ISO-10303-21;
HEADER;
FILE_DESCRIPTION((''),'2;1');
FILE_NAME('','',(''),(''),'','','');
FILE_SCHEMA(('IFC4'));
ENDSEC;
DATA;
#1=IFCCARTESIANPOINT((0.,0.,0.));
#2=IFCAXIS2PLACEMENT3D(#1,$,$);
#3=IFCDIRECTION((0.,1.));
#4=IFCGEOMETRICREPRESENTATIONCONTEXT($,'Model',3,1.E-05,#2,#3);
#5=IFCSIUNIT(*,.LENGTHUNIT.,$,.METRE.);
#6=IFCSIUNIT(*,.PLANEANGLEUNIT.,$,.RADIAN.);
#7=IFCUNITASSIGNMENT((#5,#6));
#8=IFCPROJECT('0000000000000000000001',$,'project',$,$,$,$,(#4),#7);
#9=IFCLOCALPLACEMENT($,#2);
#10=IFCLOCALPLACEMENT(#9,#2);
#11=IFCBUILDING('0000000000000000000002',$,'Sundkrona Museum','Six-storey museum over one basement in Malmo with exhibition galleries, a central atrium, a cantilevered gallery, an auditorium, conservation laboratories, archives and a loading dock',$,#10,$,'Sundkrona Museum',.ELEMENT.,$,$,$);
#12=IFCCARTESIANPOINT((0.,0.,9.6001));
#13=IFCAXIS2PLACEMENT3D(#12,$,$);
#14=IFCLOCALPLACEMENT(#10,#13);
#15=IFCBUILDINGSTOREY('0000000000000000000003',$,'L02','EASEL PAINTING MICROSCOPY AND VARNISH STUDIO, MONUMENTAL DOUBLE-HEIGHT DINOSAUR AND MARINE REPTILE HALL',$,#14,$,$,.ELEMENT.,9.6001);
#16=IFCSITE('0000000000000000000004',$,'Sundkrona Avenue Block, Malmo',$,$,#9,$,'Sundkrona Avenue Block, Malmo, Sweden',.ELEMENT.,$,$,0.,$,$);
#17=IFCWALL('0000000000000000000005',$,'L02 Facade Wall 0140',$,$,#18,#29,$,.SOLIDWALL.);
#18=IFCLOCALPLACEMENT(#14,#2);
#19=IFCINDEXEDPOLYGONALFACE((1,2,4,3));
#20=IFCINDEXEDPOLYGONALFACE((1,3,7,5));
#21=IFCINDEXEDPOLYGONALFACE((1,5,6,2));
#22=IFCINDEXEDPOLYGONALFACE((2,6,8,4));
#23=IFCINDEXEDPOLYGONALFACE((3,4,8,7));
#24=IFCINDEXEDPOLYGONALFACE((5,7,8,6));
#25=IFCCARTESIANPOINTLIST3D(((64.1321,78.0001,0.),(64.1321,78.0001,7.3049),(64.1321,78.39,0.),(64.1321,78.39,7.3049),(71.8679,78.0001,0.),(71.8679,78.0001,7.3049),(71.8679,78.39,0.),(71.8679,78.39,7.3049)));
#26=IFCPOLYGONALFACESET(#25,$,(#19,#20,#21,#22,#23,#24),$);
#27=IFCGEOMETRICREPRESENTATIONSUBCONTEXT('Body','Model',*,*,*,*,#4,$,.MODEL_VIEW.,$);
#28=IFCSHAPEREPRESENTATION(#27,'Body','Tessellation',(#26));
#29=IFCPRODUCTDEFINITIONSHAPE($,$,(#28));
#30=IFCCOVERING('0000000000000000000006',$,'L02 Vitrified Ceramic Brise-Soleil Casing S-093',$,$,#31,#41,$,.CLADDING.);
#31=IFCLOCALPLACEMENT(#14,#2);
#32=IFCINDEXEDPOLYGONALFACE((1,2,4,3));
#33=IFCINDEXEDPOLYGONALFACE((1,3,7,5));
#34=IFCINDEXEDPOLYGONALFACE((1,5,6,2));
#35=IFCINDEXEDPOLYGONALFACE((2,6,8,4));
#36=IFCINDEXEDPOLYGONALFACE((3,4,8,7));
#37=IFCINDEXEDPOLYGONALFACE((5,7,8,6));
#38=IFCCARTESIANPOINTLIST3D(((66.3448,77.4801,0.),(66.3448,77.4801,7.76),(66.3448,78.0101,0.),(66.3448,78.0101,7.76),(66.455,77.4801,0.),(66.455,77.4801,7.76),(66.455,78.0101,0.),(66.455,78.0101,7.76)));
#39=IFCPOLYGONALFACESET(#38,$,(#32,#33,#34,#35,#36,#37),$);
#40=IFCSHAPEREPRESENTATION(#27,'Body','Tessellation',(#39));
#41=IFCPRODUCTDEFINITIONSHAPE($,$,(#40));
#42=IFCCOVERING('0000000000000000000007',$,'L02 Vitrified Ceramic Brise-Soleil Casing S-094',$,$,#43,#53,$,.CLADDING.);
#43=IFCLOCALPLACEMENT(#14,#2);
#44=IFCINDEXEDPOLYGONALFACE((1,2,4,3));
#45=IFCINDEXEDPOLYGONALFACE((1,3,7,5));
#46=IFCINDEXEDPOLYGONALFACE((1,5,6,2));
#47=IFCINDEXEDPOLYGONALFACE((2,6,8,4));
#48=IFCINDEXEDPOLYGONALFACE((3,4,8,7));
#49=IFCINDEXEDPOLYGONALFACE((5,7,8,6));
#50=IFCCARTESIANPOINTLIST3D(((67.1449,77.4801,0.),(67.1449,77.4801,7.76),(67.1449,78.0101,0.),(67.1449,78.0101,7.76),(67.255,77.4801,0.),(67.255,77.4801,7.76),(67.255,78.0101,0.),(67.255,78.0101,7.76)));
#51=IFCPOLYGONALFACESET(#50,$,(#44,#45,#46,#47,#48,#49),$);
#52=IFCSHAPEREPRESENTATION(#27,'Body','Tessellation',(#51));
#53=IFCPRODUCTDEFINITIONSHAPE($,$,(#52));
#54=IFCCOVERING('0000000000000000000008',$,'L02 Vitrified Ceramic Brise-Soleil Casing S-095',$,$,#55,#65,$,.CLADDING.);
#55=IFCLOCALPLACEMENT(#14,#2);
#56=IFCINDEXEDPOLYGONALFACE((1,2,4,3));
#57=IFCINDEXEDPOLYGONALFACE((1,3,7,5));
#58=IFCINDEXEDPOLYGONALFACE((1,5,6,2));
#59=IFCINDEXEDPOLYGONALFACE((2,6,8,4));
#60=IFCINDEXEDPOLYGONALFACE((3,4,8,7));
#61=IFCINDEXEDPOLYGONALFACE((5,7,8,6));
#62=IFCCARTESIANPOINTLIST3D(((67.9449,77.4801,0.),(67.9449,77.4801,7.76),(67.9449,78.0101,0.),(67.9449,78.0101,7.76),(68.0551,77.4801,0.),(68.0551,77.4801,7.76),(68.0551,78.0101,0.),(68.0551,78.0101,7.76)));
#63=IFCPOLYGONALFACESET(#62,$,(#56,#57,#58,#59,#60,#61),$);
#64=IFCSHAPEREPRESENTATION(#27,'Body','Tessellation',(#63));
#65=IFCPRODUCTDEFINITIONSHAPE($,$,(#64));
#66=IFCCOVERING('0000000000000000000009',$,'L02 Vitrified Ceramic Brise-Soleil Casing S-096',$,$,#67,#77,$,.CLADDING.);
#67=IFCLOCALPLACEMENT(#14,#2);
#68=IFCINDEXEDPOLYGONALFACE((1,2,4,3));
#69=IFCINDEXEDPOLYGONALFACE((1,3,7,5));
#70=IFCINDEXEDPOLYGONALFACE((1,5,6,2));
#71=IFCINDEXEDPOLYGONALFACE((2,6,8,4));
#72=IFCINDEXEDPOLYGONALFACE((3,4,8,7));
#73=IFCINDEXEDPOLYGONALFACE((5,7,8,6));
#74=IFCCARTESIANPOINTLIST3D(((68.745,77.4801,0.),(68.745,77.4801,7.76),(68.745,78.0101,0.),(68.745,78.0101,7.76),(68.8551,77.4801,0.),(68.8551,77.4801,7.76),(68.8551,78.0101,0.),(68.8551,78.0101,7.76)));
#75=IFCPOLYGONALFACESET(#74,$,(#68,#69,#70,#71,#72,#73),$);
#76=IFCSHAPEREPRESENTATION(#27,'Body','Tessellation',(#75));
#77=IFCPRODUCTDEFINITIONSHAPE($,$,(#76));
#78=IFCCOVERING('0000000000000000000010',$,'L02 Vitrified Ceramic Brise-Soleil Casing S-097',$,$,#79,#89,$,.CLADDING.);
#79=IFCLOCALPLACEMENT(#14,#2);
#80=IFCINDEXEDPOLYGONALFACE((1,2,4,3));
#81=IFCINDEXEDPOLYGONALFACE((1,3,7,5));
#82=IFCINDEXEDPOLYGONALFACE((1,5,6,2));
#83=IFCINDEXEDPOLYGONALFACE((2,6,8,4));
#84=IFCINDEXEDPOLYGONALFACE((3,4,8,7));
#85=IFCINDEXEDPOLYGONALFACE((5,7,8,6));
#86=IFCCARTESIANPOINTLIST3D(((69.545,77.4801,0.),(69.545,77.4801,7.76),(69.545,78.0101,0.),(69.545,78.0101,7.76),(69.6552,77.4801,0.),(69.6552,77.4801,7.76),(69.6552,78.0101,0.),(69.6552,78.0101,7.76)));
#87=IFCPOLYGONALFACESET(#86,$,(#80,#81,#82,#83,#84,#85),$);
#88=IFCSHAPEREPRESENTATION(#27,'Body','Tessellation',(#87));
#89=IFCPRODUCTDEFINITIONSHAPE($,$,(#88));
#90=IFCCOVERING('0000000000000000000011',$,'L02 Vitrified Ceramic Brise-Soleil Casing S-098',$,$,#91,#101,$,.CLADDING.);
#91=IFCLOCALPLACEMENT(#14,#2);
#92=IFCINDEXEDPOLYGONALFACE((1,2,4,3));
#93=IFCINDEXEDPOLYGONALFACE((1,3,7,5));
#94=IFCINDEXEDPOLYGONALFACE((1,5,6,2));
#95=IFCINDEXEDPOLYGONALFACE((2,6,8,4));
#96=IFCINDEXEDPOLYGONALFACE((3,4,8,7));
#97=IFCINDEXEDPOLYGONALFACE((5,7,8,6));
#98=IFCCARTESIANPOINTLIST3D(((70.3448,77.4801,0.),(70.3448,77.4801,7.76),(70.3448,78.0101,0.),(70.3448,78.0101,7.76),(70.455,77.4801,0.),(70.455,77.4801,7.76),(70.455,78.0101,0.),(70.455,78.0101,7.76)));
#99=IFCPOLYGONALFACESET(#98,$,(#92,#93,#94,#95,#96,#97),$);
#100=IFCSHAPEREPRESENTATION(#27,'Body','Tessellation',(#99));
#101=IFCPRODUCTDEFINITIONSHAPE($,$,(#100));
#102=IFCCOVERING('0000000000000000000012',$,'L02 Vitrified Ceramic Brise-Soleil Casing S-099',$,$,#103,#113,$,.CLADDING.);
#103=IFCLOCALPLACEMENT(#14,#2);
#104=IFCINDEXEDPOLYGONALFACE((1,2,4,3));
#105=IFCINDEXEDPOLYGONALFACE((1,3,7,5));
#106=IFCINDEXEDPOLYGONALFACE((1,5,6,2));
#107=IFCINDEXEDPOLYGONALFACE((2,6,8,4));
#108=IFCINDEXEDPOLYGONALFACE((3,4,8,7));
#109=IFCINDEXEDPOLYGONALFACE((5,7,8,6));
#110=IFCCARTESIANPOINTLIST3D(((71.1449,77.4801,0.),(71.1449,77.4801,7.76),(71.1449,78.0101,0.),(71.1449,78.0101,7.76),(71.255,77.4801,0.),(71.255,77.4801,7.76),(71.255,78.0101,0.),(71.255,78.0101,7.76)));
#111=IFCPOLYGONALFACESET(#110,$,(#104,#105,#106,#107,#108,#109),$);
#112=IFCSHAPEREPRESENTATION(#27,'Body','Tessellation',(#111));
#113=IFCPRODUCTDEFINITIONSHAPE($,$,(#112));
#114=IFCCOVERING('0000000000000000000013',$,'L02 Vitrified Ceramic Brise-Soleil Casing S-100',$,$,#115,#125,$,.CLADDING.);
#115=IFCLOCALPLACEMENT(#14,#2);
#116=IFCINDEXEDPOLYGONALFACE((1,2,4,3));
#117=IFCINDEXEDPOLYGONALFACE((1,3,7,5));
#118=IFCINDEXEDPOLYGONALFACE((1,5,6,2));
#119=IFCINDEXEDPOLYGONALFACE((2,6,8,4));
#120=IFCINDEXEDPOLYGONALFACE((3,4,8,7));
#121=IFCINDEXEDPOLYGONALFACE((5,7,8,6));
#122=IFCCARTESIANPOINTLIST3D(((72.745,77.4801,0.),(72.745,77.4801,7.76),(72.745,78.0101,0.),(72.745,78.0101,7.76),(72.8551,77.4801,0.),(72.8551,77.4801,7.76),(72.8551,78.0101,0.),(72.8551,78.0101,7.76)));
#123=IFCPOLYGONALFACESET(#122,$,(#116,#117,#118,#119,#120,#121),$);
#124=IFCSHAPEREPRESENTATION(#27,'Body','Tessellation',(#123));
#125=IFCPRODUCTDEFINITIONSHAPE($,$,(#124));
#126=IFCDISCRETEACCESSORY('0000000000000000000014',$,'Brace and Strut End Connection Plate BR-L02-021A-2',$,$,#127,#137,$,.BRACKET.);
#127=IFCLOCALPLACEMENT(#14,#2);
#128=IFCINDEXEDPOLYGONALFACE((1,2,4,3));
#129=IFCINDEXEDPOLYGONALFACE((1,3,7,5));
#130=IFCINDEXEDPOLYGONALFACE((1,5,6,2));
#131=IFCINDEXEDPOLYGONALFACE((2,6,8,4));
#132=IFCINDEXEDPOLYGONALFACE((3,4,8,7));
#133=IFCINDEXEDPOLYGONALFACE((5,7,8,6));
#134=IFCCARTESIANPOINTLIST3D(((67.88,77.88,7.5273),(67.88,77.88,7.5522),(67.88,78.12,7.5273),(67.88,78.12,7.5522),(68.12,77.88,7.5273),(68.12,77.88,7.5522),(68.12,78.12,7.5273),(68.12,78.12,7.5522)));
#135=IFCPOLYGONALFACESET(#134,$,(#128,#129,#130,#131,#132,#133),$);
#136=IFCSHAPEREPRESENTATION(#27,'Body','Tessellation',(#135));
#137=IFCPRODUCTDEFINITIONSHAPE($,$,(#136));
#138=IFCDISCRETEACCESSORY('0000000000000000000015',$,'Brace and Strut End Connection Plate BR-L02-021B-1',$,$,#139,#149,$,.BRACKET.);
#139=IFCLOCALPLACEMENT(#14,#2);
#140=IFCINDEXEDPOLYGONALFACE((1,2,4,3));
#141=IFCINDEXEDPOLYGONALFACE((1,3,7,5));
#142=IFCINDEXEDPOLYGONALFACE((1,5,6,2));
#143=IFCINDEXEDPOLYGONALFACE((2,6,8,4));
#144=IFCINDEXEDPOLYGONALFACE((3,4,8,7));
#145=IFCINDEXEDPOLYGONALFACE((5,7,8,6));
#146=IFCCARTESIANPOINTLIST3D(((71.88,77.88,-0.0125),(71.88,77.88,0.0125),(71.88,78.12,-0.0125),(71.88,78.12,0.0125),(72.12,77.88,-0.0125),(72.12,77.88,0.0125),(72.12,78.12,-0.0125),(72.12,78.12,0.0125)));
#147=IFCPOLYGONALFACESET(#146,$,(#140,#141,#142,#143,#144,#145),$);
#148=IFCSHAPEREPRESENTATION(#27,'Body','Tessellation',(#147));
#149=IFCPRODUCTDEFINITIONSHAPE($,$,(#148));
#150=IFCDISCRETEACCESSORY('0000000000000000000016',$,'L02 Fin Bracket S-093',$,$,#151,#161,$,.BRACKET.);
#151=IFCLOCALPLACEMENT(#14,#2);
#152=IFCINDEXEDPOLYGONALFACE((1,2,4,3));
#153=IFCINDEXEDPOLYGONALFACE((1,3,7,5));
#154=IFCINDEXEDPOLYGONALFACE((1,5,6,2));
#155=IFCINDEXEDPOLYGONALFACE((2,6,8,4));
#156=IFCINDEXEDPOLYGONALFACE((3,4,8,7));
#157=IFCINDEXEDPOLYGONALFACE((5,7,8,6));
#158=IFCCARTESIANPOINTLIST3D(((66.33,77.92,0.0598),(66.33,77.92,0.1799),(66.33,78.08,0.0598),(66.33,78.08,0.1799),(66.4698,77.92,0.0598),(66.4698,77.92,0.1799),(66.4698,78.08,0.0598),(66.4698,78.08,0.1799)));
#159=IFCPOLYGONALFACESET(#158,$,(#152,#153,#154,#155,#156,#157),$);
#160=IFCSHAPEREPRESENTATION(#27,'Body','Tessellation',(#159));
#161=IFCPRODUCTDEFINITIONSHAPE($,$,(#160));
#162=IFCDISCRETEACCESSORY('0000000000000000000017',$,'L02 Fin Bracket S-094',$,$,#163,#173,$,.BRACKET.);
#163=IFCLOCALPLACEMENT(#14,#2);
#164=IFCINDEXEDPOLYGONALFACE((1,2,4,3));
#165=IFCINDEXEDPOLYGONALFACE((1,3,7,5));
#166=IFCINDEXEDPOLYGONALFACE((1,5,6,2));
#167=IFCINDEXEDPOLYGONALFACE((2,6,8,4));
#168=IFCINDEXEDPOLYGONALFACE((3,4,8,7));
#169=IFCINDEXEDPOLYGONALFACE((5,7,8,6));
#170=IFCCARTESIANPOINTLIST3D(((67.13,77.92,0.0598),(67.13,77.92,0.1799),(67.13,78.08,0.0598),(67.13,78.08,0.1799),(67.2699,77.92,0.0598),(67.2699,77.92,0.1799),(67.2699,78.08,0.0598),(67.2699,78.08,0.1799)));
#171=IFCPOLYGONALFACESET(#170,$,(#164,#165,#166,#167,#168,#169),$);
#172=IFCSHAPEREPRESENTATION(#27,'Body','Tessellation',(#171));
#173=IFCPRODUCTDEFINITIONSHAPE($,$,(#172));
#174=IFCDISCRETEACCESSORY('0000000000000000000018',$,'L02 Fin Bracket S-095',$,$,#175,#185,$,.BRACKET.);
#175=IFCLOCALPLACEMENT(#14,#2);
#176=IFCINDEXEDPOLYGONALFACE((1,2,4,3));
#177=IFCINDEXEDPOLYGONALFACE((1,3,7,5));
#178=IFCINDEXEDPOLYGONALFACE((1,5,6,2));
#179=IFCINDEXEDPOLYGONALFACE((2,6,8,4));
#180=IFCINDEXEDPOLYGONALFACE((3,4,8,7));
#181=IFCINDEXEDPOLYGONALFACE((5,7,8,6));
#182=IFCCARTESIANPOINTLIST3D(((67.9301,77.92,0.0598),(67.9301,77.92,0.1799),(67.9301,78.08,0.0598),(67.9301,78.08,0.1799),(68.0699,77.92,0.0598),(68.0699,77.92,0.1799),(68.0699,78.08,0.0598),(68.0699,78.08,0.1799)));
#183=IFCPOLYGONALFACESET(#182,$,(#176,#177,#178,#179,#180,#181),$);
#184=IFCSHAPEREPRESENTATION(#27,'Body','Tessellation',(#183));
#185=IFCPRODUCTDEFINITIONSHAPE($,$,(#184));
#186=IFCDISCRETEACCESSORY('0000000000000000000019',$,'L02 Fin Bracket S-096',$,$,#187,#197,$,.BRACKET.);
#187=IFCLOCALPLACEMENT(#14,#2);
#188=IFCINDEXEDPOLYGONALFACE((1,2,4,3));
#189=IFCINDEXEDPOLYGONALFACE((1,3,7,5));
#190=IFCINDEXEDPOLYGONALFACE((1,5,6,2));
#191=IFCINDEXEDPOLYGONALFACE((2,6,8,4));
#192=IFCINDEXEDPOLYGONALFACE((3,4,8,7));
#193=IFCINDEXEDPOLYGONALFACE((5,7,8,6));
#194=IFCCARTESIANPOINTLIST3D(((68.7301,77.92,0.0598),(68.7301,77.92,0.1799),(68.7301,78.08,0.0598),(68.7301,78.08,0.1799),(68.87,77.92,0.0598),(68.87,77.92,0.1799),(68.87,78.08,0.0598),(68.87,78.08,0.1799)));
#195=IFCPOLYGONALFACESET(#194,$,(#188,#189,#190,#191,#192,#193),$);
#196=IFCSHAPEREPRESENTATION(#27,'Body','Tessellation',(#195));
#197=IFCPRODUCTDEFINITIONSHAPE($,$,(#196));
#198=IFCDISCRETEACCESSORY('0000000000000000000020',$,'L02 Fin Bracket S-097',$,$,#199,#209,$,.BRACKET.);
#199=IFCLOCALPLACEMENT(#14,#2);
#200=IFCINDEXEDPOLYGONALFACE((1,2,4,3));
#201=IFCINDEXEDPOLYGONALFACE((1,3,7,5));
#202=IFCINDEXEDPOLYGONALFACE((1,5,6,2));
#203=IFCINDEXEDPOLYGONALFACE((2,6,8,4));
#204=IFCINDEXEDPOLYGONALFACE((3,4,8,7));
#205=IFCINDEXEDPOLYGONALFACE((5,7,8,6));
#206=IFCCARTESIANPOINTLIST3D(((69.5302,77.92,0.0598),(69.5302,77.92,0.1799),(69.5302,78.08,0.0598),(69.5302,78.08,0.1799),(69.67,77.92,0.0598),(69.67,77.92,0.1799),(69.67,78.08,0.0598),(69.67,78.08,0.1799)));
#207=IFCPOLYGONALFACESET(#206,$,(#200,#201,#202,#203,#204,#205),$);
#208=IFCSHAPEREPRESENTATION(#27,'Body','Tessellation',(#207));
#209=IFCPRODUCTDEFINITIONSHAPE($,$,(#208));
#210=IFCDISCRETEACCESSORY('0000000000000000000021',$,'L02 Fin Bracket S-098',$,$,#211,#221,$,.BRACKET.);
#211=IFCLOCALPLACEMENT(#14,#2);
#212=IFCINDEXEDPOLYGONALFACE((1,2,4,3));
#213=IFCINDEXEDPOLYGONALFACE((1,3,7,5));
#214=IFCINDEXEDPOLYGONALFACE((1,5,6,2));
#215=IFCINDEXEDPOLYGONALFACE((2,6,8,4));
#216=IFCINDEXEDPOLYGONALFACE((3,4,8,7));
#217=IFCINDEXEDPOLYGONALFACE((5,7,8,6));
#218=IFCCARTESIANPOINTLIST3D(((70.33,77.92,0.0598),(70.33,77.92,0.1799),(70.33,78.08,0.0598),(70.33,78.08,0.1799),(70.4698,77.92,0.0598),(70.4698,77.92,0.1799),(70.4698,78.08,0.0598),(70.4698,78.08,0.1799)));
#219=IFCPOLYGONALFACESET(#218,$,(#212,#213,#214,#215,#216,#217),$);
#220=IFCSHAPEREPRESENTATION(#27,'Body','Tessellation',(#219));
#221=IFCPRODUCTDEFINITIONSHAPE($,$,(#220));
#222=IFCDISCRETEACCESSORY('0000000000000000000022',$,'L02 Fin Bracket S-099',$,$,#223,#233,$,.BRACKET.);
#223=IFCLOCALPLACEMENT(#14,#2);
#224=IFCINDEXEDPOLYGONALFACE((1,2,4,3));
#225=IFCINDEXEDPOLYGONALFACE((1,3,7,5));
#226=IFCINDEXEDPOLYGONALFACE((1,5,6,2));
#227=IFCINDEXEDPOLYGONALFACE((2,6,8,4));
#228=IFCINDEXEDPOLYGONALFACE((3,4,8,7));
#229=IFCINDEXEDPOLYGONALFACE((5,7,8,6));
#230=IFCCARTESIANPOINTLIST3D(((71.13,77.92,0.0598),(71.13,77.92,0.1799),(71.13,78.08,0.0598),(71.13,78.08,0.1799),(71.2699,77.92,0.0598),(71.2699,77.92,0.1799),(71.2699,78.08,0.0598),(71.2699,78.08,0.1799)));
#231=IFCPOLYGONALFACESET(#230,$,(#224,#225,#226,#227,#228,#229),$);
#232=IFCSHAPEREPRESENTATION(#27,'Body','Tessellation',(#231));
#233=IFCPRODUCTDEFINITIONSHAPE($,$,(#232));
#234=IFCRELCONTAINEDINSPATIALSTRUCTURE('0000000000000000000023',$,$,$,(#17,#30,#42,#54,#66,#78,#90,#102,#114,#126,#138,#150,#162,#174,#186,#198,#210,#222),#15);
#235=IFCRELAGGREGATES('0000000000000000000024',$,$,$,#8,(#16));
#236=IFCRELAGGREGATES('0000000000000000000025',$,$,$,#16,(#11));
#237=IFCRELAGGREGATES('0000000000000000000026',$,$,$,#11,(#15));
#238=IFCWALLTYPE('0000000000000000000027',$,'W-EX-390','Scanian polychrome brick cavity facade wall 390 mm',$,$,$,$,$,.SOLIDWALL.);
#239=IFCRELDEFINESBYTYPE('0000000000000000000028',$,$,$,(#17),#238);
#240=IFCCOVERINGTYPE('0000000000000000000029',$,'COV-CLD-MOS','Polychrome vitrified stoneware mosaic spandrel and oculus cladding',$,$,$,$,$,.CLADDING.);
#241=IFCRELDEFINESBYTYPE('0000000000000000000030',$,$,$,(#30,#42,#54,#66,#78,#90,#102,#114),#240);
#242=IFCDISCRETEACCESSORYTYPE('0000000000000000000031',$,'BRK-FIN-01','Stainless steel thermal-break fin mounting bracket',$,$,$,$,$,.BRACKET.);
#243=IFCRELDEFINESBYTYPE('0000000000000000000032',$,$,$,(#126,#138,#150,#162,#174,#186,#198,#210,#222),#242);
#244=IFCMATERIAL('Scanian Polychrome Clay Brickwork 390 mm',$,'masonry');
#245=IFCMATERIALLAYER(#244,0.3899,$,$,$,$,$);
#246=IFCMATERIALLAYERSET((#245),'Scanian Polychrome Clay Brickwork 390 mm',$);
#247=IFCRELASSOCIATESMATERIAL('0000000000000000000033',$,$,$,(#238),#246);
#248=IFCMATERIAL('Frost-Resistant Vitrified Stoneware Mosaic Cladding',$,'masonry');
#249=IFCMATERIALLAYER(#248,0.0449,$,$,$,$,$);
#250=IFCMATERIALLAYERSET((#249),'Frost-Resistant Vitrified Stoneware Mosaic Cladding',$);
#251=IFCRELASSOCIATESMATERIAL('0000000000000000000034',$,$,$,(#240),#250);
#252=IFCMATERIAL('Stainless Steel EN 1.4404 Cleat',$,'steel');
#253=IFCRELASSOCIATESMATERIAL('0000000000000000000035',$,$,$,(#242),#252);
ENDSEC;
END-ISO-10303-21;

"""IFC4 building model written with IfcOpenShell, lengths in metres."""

from ifc_helpers import new_model, si_unit, direction, frame, frame_2d, origin, origin_2d, place, context, subcontext, project, spatial, rectangle, extrude, material, layer, layer_set, type_object, element, save


model = new_model("IFC4")

# Units and contexts
model_context = context("Model", 3, precision=1e-05, world=origin(), true_north=direction((0.0, 1.0)))
body_context = subcontext(model_context, "Body", "Model", "MODEL_VIEW")
ifc_project = project(units=[si_unit("LENGTHUNIT", "METRE"), si_unit("PLANEANGLEUNIT", "RADIAN")], contexts=[model_context])

# Site, building, storey
site_placement = place(None, origin())
site = spatial("IfcSite", under=ifc_project, at=site_placement, Name="Sundkrona Avenue Block, Malmo", LongName="Sundkrona Avenue Block, Malmo, Sweden", CompositionType="ELEMENT", RefElevation=0.0)
building_placement = place(site_placement, origin())
building = spatial("IfcBuilding", under=site, at=building_placement, Name="Sundkrona Museum", Description="Six-storey museum over one basement in Malmo with exhibition galleries, a central atrium, a cantilevered gallery, an auditorium, conservation laboratories, archives and a loading dock", LongName="Sundkrona Museum", CompositionType="ELEMENT")
storey_placement = place(building_placement, frame((0.0, 0.0, 9.6001)))
storey = spatial("IfcBuildingStorey", under=building, at=storey_placement, Name="L02", Description="EASEL PAINTING MICROSCOPY AND VARNISH STUDIO, MONUMENTAL DOUBLE-HEIGHT DINOSAUR AND MARINE REPTILE HALL", CompositionType="ELEMENT", Elevation=9.6001)

# Wall
ifc_material_1 = material(Name="Scanian Polychrome Clay Brickwork 390 mm", Category="masonry")
ifc_layer_1 = layer(ifc_material_1, 0.3899)
ifc_layer_set_1 = layer_set([ifc_layer_1], Name="Scanian Polychrome Clay Brickwork 390 mm")
wall_type = type_object("IfcWallType", Name="W-EX-390", Description="Scanian polychrome brick cavity facade wall 390 mm", PredefinedType="SOLIDWALL", material=ifc_layer_set_1)
wall_placement = place(storey_placement, frame((71.8679, 78.1951, 0.0), z_axis=(0.0, 0.0, 1.0), x_axis=(-1.0, 0.0, 0.0)))
element("IfcWall", 1, at=wall_placement, inside=storey, type_object=wall_type, Name="L02 Facade Wall 0140", PredefinedType="SOLIDWALL", context=body_context, shape_type="SweptSolid", body=[
    extrude(rectangle(XDim=7.7358, YDim=0.3899, at=frame_2d((3.8679, 0.0))), origin(), (0.0, 0.0, 1.0), 7.3049),
])

# Coverings
ifc_material_2 = material(Name="Frost-Resistant Vitrified Stoneware Mosaic Cladding", Category="masonry")
ifc_layer_2 = layer(ifc_material_2, 0.0449)
ifc_layer_set_2 = layer_set([ifc_layer_2], Name="Frost-Resistant Vitrified Stoneware Mosaic Cladding")
covering_type = type_object("IfcCoveringType", Name="COV-CLD-MOS", Description="Polychrome vitrified stoneware mosaic spandrel and oculus cladding", PredefinedType="CLADDING", material=ifc_layer_set_2)
for number, where, z_axis, x_axis, name in (
    (2, (66.3999, 77.7451, 0.0), (0.0, 0.0, 1.0), (1.0, 0.0, 0.0), "L02 Vitrified Ceramic Brise-Soleil Casing S-093"),
    (3, (67.2, 77.7451, 0.0), (0.0, 0.0, 1.0), (1.0, 0.0, 0.0), "L02 Vitrified Ceramic Brise-Soleil Casing S-094"),
    (4, (68.0, 77.7451, 0.0), (0.0, 0.0, 1.0), (1.0, 0.0, 0.0), "L02 Vitrified Ceramic Brise-Soleil Casing S-095"),
    (5, (68.8, 77.7451, 0.0), (0.0, 0.0, 1.0), (1.0, 0.0, 0.0), "L02 Vitrified Ceramic Brise-Soleil Casing S-096"),
    (6, (69.6001, 77.7451, 0.0), (0.0, 0.0, 1.0), (1.0, 0.0, 0.0), "L02 Vitrified Ceramic Brise-Soleil Casing S-097"),
    (7, (70.3999, 77.7451, 0.0), (0.0, 0.0, 1.0), (1.0, 0.0, 0.0), "L02 Vitrified Ceramic Brise-Soleil Casing S-098"),
    (8, (71.2, 77.7451, 0.0), (0.0, 0.0, 1.0), (1.0, 0.0, 0.0), "L02 Vitrified Ceramic Brise-Soleil Casing S-099"),
    (9, (72.8, 77.7451, 0.0), (0.0, 0.0, 1.0), (1.0, 0.0, 0.0), "L02 Vitrified Ceramic Brise-Soleil Casing S-100"),
):
    element("IfcCovering", number, at=place(storey_placement, frame(where, z_axis=z_axis, x_axis=x_axis)), inside=storey, type_object=covering_type, Name=name, PredefinedType="CLADDING", context=body_context, shape_type="SweptSolid", body=[
        extrude(rectangle(XDim=0.1101, YDim=0.53, at=origin_2d()), origin(), (0.0, 0.0, 1.0), 7.76),
    ])

# Discrete accessories
ifc_material_3 = material(Name="Stainless Steel EN 1.4404 Cleat", Category="steel")
discrete_accessory_type = type_object("IfcDiscreteAccessoryType", Name="BRK-FIN-01", Description="Stainless steel thermal-break fin mounting bracket", PredefinedType="BRACKET", material=ifc_material_3)
for number, where, z_axis, x_axis, name in (
    (10, (68.0, 78.0, 7.5273), (0.0, 0.0, 1.0), (1.0, 0.0, 0.0), "Brace and Strut End Connection Plate BR-L02-021A-2"),
    (11, (72.0, 78.0, -0.0125), (0.0, 0.0, 1.0), (1.0, 0.0, 0.0), "Brace and Strut End Connection Plate BR-L02-021B-1"),
):
    element("IfcDiscreteAccessory", number, at=place(storey_placement, frame(where, z_axis=z_axis, x_axis=x_axis)), inside=storey, type_object=discrete_accessory_type, Name=name, PredefinedType="BRACKET", context=body_context, shape_type="SweptSolid", body=[
        extrude(rectangle(XDim=0.24, YDim=0.24, at=origin_2d()), origin(), (0.0, 0.0, 1.0), 0.0249),
    ])
for number, where, z_axis, x_axis, name in (
    (12, (66.3999, 78.0, 0.0598), (0.0, 0.0, 1.0), (1.0, 0.0, 0.0), "L02 Fin Bracket S-093"),
    (13, (67.2, 78.0, 0.0598), (0.0, 0.0, 1.0), (1.0, 0.0, 0.0), "L02 Fin Bracket S-094"),
    (14, (68.0, 78.0, 0.0598), (0.0, 0.0, 1.0), (1.0, 0.0, 0.0), "L02 Fin Bracket S-095"),
    (15, (68.8, 78.0, 0.0598), (0.0, 0.0, 1.0), (1.0, 0.0, 0.0), "L02 Fin Bracket S-096"),
    (16, (69.6001, 78.0, 0.0598), (0.0, 0.0, 1.0), (1.0, 0.0, 0.0), "L02 Fin Bracket S-097"),
    (17, (70.3999, 78.0, 0.0598), (0.0, 0.0, 1.0), (1.0, 0.0, 0.0), "L02 Fin Bracket S-098"),
    (18, (71.2, 78.0, 0.0598), (0.0, 0.0, 1.0), (1.0, 0.0, 0.0), "L02 Fin Bracket S-099"),
):
    element("IfcDiscreteAccessory", number, at=place(storey_placement, frame(where, z_axis=z_axis, x_axis=x_axis)), inside=storey, type_object=discrete_accessory_type, Name=name, PredefinedType="BRACKET", context=body_context, shape_type="SweptSolid", body=[
        extrude(rectangle(XDim=0.1399, YDim=0.1599, at=origin_2d()), origin(), (0.0, 0.0, 1.0), 0.1201),
    ])

save(model, "model.ifc")
